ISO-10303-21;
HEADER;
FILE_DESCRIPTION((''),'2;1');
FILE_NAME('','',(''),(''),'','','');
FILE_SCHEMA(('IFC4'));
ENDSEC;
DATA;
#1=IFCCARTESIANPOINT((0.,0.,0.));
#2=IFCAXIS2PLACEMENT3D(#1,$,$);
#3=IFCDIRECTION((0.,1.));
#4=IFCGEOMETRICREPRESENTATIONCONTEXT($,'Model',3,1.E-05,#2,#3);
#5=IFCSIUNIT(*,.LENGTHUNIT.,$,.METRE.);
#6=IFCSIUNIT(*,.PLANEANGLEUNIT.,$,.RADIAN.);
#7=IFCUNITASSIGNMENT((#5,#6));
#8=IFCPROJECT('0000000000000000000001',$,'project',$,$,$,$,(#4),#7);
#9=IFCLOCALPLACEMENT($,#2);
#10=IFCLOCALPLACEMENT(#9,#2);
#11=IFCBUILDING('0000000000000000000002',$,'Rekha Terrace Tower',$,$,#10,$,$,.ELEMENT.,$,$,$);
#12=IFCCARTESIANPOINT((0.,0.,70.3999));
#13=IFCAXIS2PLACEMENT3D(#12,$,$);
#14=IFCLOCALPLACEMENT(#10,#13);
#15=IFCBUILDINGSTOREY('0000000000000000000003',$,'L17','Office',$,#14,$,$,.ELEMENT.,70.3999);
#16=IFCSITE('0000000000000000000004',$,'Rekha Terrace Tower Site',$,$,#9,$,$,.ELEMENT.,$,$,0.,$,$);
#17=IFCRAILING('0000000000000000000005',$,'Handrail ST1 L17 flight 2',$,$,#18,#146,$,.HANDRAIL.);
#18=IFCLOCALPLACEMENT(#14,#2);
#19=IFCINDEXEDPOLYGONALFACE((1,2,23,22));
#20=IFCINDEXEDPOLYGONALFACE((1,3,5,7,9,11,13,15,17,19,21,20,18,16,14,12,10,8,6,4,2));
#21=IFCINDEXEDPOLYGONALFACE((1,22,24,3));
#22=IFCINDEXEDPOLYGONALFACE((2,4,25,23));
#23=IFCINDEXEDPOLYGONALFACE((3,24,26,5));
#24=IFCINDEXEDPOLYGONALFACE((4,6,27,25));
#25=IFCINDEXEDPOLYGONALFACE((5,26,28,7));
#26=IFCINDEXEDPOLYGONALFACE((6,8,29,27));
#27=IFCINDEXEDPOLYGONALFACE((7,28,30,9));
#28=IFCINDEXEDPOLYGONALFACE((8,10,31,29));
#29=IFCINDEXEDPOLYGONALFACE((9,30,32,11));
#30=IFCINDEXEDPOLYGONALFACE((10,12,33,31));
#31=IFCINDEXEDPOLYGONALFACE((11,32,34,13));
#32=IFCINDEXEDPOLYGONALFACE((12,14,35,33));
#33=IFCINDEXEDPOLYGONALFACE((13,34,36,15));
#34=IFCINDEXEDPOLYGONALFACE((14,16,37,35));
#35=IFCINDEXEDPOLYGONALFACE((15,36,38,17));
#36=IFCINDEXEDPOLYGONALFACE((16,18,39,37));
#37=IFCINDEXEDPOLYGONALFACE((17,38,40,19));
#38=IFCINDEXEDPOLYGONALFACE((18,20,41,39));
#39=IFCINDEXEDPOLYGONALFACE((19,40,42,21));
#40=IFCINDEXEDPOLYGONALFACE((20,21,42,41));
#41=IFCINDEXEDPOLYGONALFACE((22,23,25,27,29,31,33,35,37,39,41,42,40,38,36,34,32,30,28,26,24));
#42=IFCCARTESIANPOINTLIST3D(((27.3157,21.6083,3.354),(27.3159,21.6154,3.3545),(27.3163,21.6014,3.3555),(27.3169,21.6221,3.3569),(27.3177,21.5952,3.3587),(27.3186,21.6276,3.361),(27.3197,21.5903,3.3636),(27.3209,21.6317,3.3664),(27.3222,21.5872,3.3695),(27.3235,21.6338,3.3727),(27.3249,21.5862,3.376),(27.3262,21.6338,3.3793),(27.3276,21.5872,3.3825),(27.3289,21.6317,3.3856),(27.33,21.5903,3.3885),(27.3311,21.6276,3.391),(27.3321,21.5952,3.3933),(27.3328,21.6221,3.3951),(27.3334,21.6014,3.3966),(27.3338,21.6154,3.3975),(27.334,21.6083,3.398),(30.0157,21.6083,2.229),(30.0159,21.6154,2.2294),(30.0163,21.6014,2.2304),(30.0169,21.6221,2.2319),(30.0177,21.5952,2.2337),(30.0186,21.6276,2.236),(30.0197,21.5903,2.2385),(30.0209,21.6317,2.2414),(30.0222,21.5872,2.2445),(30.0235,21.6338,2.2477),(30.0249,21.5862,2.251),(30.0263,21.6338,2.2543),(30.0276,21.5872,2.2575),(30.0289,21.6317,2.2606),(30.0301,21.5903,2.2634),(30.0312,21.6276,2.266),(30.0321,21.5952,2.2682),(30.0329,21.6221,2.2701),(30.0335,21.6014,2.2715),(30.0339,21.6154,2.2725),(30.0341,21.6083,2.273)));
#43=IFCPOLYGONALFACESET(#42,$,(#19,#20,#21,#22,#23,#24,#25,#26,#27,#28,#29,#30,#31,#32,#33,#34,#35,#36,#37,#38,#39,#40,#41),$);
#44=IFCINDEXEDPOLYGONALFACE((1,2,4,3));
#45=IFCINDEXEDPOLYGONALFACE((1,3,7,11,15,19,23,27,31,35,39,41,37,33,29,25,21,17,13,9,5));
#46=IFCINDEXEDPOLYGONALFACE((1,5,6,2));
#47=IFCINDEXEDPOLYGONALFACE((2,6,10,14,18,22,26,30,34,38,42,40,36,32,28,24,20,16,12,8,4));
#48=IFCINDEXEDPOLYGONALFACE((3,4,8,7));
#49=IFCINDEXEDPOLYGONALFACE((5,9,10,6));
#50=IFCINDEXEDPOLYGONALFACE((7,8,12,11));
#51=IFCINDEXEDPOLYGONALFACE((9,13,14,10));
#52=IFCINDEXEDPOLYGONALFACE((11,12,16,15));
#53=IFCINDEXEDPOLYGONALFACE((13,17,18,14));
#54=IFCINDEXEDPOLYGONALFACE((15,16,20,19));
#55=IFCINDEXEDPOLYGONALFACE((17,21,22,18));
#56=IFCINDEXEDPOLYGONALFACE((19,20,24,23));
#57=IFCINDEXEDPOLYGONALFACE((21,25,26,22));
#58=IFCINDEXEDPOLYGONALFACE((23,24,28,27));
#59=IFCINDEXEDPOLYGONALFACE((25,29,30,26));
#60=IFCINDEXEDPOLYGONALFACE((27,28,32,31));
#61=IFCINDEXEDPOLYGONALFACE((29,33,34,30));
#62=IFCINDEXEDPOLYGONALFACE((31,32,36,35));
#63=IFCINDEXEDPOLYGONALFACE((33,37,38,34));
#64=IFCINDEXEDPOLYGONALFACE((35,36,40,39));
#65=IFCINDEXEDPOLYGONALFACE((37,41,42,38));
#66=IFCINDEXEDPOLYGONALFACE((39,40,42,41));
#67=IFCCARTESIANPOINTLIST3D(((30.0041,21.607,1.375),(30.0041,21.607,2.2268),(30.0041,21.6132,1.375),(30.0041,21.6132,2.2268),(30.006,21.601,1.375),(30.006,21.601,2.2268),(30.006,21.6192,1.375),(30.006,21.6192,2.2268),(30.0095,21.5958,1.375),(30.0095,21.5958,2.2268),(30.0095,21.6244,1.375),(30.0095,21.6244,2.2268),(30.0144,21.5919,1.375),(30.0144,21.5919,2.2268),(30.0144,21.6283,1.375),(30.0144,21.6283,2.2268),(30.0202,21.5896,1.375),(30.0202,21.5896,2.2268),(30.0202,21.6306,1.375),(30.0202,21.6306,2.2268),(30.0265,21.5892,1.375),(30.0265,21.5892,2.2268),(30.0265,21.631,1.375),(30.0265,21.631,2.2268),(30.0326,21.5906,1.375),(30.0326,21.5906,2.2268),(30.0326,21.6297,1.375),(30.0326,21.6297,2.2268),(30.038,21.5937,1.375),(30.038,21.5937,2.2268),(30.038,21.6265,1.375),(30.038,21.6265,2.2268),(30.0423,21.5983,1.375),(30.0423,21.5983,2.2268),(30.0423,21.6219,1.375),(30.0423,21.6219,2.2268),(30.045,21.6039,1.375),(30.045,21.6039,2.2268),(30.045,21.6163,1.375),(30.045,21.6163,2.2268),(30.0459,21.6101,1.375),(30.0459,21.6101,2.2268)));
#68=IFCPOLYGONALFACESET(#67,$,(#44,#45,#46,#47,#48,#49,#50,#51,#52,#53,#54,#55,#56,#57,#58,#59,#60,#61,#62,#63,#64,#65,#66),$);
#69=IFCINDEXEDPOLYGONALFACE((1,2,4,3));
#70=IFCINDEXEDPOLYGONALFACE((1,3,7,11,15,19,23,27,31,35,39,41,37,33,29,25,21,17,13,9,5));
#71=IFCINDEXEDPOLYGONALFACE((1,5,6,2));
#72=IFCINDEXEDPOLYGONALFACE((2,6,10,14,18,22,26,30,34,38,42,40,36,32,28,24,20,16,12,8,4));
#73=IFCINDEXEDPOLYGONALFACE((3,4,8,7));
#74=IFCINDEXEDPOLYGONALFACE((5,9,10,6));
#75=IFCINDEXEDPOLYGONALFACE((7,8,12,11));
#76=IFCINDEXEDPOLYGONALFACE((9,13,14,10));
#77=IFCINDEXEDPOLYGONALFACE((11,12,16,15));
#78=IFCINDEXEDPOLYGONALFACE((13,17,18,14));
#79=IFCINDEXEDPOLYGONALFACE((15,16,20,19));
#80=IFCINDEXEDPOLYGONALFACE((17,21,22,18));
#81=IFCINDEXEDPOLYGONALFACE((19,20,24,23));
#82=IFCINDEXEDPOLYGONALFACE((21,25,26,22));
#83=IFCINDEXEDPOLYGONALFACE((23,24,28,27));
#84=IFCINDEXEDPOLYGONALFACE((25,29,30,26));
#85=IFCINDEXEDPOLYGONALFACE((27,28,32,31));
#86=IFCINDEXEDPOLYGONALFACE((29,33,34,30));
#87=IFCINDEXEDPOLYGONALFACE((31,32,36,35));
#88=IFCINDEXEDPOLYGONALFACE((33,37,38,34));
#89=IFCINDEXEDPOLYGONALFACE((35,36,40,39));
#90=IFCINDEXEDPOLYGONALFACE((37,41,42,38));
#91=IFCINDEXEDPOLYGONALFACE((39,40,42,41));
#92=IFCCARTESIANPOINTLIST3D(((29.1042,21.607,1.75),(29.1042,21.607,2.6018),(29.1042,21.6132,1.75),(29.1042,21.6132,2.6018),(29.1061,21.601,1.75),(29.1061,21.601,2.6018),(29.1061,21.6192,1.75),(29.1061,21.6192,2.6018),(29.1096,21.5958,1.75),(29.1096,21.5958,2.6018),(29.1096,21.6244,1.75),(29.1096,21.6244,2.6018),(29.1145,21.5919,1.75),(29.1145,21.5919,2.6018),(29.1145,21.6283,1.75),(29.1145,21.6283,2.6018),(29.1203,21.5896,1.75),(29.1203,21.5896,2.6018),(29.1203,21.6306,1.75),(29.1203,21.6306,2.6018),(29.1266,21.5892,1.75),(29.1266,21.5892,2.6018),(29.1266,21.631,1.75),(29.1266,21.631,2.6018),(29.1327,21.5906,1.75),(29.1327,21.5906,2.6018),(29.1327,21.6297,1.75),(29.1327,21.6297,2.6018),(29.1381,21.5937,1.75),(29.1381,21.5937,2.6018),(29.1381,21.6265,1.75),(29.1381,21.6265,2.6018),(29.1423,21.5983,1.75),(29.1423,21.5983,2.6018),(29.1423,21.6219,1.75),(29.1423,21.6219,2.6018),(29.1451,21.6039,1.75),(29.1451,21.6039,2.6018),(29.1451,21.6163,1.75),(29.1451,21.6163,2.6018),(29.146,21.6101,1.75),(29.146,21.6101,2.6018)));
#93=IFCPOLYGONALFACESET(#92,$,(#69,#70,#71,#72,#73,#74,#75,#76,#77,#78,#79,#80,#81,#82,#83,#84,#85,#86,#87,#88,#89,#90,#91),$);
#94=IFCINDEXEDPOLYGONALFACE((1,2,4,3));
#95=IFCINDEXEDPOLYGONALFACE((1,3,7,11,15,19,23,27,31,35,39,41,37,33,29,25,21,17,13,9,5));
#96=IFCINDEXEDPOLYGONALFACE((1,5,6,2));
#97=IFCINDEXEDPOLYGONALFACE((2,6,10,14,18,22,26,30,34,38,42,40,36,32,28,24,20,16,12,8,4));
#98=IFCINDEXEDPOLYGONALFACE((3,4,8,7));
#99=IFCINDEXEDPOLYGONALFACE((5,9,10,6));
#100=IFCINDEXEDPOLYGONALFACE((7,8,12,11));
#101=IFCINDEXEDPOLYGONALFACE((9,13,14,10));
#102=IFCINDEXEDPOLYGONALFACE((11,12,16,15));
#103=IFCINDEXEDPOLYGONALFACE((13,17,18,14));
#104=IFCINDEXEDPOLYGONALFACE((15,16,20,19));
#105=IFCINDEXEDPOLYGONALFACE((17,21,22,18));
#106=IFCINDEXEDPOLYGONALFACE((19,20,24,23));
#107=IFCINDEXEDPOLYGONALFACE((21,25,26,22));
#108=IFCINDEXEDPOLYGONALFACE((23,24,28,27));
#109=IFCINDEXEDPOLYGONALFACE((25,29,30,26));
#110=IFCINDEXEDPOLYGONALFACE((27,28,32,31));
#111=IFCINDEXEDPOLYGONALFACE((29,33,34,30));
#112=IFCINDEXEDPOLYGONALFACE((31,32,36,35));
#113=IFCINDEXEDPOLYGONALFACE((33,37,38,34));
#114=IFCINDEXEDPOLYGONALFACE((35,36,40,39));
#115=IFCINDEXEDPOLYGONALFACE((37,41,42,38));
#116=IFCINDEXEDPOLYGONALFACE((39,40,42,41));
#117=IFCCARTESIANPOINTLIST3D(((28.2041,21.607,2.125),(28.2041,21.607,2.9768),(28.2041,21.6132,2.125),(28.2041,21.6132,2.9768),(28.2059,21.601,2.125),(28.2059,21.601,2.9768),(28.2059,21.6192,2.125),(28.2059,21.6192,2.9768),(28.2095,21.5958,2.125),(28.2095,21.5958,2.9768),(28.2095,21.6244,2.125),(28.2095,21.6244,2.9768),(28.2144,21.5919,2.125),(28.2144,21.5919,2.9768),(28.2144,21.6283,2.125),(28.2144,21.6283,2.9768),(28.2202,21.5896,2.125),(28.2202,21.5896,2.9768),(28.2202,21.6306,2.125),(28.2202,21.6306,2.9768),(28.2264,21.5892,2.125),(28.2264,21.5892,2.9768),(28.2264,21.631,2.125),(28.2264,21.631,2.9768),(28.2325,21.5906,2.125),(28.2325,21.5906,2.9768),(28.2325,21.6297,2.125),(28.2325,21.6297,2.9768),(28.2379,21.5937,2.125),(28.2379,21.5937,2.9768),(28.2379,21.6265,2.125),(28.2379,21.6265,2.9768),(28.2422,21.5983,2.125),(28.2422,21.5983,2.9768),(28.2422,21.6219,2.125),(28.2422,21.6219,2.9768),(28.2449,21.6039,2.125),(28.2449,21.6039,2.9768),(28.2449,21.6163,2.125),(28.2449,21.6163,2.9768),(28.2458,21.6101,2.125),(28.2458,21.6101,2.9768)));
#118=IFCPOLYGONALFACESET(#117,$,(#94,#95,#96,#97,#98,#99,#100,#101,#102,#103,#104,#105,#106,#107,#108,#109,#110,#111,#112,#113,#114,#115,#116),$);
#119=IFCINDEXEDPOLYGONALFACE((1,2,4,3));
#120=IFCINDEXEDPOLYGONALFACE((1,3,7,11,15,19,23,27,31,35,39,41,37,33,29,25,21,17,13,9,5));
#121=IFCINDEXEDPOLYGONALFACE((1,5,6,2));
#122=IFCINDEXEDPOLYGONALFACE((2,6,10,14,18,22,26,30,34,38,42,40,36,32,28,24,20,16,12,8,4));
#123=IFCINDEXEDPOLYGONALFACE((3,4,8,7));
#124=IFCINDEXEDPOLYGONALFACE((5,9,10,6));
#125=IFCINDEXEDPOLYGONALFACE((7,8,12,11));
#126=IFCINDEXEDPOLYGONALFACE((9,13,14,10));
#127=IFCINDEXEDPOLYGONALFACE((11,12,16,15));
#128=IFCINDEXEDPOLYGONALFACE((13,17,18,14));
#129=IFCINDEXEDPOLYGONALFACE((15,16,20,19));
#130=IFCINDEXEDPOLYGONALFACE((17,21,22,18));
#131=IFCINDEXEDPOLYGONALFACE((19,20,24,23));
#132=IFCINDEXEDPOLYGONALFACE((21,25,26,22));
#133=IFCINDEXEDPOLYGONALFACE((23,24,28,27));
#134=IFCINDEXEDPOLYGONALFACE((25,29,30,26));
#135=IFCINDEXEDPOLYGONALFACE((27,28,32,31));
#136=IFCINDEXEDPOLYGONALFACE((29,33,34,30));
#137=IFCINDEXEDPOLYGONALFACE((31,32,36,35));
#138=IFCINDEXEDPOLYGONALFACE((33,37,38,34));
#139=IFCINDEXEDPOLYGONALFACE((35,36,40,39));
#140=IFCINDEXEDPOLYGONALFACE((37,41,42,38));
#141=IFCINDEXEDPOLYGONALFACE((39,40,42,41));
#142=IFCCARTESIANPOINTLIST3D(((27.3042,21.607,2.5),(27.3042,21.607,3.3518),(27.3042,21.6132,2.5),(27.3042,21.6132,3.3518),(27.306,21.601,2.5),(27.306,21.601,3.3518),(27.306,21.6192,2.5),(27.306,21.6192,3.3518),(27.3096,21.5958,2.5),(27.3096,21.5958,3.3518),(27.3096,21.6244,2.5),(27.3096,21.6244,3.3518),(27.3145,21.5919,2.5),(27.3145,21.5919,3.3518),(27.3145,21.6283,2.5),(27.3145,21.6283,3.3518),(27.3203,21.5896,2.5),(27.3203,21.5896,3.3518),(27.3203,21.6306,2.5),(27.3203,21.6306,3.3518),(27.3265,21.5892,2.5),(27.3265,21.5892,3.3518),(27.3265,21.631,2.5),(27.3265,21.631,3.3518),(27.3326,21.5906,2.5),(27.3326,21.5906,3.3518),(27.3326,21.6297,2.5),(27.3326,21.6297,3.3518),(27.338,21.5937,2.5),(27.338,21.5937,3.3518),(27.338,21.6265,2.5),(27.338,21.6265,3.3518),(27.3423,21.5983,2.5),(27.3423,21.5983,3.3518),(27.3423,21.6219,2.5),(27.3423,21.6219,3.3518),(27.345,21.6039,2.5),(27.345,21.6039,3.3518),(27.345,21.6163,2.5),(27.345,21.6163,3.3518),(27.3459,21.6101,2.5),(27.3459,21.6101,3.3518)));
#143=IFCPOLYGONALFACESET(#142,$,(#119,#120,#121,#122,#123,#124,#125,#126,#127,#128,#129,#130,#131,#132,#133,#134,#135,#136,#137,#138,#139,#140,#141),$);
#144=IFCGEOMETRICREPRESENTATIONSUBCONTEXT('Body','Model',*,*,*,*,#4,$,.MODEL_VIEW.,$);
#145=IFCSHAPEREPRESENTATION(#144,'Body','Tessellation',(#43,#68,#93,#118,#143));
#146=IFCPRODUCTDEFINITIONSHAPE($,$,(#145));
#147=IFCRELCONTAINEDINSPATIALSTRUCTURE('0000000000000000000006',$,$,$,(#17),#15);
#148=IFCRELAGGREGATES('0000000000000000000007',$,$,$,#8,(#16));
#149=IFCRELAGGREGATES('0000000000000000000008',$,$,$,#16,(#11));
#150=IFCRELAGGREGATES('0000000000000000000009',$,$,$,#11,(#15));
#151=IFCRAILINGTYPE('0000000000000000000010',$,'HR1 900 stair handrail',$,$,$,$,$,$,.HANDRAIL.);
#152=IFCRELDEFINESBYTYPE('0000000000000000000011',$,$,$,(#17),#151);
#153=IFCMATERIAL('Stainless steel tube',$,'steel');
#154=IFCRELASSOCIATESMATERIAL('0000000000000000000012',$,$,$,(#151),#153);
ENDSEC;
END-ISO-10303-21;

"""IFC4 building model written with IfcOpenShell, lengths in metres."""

from ifc_helpers import new_model, si_unit, direction, frame, origin, origin_2d, place, context, subcontext, project, spatial, circle, extrude, material, type_object, element, save


model = new_model("IFC4")

# Units and contexts
model_context = context("Model", 3, precision=1e-05, world=origin(), true_north=direction((0.0, 1.0)))
body_context = subcontext(model_context, "Body", "Model", "MODEL_VIEW")
ifc_project = project(units=[si_unit("LENGTHUNIT", "METRE"), si_unit("PLANEANGLEUNIT", "RADIAN")], contexts=[model_context])

# Site, building, storey
site_placement = place(None, origin())
site = spatial("IfcSite", under=ifc_project, at=site_placement, Name="Rekha Terrace Tower Site", CompositionType="ELEMENT", RefElevation=0.0)
building_placement = place(site_placement, origin())
building = spatial("IfcBuilding", under=site, at=building_placement, Name="Rekha Terrace Tower", CompositionType="ELEMENT")
storey_placement = place(building_placement, frame((0.0, 0.0, 70.3999)))
storey = spatial("IfcBuildingStorey", under=building, at=storey_placement, Name="L17", Description="Office", CompositionType="ELEMENT", Elevation=70.3999)

# Railing
ifc_material_1 = material(Name="Stainless steel tube", Category="steel")
railing_type_1 = type_object("IfcRailingType", Name="HR1 900 stair handrail", PredefinedType="HANDRAIL", material=ifc_material_1)
railing_1_placement = place(storey_placement, frame((30.0249, 21.6101, 1.375)))
element("IfcRailing", 1, at=railing_1_placement, inside=storey, type_object=railing_type_1, Name="Handrail ST1 L17 flight 2", PredefinedType="HANDRAIL", context=body_context, shape_type="SweptSolid", body=[
    extrude(circle(Radius=0.0239, at=origin_2d()), frame((0.0, 0.0, 0.876), z_axis=(-0.923074, 0.0, 0.384621), x_axis=(0.0, -1.0, 0.0)), (0.0, 0.0, 1.0), 2.925),
    extrude(circle(Radius=0.021, at=origin_2d()), origin(), (0.0, 0.0, 1.0), 0.8518),
    extrude(circle(Radius=0.021, at=origin_2d()), frame((-0.8999, 0.0, 0.375)), (0.0, 0.0, 1.0), 0.8518),
    extrude(circle(Radius=0.021, at=origin_2d()), frame((-1.8, 0.0, 0.75)), (0.0, 0.0, 1.0), 0.8518),
    extrude(circle(Radius=0.021, at=origin_2d()), frame((-2.7, 0.0, 1.125)), (0.0, 0.0, 1.0), 0.8518),
])

save(model, "model.ifc")
